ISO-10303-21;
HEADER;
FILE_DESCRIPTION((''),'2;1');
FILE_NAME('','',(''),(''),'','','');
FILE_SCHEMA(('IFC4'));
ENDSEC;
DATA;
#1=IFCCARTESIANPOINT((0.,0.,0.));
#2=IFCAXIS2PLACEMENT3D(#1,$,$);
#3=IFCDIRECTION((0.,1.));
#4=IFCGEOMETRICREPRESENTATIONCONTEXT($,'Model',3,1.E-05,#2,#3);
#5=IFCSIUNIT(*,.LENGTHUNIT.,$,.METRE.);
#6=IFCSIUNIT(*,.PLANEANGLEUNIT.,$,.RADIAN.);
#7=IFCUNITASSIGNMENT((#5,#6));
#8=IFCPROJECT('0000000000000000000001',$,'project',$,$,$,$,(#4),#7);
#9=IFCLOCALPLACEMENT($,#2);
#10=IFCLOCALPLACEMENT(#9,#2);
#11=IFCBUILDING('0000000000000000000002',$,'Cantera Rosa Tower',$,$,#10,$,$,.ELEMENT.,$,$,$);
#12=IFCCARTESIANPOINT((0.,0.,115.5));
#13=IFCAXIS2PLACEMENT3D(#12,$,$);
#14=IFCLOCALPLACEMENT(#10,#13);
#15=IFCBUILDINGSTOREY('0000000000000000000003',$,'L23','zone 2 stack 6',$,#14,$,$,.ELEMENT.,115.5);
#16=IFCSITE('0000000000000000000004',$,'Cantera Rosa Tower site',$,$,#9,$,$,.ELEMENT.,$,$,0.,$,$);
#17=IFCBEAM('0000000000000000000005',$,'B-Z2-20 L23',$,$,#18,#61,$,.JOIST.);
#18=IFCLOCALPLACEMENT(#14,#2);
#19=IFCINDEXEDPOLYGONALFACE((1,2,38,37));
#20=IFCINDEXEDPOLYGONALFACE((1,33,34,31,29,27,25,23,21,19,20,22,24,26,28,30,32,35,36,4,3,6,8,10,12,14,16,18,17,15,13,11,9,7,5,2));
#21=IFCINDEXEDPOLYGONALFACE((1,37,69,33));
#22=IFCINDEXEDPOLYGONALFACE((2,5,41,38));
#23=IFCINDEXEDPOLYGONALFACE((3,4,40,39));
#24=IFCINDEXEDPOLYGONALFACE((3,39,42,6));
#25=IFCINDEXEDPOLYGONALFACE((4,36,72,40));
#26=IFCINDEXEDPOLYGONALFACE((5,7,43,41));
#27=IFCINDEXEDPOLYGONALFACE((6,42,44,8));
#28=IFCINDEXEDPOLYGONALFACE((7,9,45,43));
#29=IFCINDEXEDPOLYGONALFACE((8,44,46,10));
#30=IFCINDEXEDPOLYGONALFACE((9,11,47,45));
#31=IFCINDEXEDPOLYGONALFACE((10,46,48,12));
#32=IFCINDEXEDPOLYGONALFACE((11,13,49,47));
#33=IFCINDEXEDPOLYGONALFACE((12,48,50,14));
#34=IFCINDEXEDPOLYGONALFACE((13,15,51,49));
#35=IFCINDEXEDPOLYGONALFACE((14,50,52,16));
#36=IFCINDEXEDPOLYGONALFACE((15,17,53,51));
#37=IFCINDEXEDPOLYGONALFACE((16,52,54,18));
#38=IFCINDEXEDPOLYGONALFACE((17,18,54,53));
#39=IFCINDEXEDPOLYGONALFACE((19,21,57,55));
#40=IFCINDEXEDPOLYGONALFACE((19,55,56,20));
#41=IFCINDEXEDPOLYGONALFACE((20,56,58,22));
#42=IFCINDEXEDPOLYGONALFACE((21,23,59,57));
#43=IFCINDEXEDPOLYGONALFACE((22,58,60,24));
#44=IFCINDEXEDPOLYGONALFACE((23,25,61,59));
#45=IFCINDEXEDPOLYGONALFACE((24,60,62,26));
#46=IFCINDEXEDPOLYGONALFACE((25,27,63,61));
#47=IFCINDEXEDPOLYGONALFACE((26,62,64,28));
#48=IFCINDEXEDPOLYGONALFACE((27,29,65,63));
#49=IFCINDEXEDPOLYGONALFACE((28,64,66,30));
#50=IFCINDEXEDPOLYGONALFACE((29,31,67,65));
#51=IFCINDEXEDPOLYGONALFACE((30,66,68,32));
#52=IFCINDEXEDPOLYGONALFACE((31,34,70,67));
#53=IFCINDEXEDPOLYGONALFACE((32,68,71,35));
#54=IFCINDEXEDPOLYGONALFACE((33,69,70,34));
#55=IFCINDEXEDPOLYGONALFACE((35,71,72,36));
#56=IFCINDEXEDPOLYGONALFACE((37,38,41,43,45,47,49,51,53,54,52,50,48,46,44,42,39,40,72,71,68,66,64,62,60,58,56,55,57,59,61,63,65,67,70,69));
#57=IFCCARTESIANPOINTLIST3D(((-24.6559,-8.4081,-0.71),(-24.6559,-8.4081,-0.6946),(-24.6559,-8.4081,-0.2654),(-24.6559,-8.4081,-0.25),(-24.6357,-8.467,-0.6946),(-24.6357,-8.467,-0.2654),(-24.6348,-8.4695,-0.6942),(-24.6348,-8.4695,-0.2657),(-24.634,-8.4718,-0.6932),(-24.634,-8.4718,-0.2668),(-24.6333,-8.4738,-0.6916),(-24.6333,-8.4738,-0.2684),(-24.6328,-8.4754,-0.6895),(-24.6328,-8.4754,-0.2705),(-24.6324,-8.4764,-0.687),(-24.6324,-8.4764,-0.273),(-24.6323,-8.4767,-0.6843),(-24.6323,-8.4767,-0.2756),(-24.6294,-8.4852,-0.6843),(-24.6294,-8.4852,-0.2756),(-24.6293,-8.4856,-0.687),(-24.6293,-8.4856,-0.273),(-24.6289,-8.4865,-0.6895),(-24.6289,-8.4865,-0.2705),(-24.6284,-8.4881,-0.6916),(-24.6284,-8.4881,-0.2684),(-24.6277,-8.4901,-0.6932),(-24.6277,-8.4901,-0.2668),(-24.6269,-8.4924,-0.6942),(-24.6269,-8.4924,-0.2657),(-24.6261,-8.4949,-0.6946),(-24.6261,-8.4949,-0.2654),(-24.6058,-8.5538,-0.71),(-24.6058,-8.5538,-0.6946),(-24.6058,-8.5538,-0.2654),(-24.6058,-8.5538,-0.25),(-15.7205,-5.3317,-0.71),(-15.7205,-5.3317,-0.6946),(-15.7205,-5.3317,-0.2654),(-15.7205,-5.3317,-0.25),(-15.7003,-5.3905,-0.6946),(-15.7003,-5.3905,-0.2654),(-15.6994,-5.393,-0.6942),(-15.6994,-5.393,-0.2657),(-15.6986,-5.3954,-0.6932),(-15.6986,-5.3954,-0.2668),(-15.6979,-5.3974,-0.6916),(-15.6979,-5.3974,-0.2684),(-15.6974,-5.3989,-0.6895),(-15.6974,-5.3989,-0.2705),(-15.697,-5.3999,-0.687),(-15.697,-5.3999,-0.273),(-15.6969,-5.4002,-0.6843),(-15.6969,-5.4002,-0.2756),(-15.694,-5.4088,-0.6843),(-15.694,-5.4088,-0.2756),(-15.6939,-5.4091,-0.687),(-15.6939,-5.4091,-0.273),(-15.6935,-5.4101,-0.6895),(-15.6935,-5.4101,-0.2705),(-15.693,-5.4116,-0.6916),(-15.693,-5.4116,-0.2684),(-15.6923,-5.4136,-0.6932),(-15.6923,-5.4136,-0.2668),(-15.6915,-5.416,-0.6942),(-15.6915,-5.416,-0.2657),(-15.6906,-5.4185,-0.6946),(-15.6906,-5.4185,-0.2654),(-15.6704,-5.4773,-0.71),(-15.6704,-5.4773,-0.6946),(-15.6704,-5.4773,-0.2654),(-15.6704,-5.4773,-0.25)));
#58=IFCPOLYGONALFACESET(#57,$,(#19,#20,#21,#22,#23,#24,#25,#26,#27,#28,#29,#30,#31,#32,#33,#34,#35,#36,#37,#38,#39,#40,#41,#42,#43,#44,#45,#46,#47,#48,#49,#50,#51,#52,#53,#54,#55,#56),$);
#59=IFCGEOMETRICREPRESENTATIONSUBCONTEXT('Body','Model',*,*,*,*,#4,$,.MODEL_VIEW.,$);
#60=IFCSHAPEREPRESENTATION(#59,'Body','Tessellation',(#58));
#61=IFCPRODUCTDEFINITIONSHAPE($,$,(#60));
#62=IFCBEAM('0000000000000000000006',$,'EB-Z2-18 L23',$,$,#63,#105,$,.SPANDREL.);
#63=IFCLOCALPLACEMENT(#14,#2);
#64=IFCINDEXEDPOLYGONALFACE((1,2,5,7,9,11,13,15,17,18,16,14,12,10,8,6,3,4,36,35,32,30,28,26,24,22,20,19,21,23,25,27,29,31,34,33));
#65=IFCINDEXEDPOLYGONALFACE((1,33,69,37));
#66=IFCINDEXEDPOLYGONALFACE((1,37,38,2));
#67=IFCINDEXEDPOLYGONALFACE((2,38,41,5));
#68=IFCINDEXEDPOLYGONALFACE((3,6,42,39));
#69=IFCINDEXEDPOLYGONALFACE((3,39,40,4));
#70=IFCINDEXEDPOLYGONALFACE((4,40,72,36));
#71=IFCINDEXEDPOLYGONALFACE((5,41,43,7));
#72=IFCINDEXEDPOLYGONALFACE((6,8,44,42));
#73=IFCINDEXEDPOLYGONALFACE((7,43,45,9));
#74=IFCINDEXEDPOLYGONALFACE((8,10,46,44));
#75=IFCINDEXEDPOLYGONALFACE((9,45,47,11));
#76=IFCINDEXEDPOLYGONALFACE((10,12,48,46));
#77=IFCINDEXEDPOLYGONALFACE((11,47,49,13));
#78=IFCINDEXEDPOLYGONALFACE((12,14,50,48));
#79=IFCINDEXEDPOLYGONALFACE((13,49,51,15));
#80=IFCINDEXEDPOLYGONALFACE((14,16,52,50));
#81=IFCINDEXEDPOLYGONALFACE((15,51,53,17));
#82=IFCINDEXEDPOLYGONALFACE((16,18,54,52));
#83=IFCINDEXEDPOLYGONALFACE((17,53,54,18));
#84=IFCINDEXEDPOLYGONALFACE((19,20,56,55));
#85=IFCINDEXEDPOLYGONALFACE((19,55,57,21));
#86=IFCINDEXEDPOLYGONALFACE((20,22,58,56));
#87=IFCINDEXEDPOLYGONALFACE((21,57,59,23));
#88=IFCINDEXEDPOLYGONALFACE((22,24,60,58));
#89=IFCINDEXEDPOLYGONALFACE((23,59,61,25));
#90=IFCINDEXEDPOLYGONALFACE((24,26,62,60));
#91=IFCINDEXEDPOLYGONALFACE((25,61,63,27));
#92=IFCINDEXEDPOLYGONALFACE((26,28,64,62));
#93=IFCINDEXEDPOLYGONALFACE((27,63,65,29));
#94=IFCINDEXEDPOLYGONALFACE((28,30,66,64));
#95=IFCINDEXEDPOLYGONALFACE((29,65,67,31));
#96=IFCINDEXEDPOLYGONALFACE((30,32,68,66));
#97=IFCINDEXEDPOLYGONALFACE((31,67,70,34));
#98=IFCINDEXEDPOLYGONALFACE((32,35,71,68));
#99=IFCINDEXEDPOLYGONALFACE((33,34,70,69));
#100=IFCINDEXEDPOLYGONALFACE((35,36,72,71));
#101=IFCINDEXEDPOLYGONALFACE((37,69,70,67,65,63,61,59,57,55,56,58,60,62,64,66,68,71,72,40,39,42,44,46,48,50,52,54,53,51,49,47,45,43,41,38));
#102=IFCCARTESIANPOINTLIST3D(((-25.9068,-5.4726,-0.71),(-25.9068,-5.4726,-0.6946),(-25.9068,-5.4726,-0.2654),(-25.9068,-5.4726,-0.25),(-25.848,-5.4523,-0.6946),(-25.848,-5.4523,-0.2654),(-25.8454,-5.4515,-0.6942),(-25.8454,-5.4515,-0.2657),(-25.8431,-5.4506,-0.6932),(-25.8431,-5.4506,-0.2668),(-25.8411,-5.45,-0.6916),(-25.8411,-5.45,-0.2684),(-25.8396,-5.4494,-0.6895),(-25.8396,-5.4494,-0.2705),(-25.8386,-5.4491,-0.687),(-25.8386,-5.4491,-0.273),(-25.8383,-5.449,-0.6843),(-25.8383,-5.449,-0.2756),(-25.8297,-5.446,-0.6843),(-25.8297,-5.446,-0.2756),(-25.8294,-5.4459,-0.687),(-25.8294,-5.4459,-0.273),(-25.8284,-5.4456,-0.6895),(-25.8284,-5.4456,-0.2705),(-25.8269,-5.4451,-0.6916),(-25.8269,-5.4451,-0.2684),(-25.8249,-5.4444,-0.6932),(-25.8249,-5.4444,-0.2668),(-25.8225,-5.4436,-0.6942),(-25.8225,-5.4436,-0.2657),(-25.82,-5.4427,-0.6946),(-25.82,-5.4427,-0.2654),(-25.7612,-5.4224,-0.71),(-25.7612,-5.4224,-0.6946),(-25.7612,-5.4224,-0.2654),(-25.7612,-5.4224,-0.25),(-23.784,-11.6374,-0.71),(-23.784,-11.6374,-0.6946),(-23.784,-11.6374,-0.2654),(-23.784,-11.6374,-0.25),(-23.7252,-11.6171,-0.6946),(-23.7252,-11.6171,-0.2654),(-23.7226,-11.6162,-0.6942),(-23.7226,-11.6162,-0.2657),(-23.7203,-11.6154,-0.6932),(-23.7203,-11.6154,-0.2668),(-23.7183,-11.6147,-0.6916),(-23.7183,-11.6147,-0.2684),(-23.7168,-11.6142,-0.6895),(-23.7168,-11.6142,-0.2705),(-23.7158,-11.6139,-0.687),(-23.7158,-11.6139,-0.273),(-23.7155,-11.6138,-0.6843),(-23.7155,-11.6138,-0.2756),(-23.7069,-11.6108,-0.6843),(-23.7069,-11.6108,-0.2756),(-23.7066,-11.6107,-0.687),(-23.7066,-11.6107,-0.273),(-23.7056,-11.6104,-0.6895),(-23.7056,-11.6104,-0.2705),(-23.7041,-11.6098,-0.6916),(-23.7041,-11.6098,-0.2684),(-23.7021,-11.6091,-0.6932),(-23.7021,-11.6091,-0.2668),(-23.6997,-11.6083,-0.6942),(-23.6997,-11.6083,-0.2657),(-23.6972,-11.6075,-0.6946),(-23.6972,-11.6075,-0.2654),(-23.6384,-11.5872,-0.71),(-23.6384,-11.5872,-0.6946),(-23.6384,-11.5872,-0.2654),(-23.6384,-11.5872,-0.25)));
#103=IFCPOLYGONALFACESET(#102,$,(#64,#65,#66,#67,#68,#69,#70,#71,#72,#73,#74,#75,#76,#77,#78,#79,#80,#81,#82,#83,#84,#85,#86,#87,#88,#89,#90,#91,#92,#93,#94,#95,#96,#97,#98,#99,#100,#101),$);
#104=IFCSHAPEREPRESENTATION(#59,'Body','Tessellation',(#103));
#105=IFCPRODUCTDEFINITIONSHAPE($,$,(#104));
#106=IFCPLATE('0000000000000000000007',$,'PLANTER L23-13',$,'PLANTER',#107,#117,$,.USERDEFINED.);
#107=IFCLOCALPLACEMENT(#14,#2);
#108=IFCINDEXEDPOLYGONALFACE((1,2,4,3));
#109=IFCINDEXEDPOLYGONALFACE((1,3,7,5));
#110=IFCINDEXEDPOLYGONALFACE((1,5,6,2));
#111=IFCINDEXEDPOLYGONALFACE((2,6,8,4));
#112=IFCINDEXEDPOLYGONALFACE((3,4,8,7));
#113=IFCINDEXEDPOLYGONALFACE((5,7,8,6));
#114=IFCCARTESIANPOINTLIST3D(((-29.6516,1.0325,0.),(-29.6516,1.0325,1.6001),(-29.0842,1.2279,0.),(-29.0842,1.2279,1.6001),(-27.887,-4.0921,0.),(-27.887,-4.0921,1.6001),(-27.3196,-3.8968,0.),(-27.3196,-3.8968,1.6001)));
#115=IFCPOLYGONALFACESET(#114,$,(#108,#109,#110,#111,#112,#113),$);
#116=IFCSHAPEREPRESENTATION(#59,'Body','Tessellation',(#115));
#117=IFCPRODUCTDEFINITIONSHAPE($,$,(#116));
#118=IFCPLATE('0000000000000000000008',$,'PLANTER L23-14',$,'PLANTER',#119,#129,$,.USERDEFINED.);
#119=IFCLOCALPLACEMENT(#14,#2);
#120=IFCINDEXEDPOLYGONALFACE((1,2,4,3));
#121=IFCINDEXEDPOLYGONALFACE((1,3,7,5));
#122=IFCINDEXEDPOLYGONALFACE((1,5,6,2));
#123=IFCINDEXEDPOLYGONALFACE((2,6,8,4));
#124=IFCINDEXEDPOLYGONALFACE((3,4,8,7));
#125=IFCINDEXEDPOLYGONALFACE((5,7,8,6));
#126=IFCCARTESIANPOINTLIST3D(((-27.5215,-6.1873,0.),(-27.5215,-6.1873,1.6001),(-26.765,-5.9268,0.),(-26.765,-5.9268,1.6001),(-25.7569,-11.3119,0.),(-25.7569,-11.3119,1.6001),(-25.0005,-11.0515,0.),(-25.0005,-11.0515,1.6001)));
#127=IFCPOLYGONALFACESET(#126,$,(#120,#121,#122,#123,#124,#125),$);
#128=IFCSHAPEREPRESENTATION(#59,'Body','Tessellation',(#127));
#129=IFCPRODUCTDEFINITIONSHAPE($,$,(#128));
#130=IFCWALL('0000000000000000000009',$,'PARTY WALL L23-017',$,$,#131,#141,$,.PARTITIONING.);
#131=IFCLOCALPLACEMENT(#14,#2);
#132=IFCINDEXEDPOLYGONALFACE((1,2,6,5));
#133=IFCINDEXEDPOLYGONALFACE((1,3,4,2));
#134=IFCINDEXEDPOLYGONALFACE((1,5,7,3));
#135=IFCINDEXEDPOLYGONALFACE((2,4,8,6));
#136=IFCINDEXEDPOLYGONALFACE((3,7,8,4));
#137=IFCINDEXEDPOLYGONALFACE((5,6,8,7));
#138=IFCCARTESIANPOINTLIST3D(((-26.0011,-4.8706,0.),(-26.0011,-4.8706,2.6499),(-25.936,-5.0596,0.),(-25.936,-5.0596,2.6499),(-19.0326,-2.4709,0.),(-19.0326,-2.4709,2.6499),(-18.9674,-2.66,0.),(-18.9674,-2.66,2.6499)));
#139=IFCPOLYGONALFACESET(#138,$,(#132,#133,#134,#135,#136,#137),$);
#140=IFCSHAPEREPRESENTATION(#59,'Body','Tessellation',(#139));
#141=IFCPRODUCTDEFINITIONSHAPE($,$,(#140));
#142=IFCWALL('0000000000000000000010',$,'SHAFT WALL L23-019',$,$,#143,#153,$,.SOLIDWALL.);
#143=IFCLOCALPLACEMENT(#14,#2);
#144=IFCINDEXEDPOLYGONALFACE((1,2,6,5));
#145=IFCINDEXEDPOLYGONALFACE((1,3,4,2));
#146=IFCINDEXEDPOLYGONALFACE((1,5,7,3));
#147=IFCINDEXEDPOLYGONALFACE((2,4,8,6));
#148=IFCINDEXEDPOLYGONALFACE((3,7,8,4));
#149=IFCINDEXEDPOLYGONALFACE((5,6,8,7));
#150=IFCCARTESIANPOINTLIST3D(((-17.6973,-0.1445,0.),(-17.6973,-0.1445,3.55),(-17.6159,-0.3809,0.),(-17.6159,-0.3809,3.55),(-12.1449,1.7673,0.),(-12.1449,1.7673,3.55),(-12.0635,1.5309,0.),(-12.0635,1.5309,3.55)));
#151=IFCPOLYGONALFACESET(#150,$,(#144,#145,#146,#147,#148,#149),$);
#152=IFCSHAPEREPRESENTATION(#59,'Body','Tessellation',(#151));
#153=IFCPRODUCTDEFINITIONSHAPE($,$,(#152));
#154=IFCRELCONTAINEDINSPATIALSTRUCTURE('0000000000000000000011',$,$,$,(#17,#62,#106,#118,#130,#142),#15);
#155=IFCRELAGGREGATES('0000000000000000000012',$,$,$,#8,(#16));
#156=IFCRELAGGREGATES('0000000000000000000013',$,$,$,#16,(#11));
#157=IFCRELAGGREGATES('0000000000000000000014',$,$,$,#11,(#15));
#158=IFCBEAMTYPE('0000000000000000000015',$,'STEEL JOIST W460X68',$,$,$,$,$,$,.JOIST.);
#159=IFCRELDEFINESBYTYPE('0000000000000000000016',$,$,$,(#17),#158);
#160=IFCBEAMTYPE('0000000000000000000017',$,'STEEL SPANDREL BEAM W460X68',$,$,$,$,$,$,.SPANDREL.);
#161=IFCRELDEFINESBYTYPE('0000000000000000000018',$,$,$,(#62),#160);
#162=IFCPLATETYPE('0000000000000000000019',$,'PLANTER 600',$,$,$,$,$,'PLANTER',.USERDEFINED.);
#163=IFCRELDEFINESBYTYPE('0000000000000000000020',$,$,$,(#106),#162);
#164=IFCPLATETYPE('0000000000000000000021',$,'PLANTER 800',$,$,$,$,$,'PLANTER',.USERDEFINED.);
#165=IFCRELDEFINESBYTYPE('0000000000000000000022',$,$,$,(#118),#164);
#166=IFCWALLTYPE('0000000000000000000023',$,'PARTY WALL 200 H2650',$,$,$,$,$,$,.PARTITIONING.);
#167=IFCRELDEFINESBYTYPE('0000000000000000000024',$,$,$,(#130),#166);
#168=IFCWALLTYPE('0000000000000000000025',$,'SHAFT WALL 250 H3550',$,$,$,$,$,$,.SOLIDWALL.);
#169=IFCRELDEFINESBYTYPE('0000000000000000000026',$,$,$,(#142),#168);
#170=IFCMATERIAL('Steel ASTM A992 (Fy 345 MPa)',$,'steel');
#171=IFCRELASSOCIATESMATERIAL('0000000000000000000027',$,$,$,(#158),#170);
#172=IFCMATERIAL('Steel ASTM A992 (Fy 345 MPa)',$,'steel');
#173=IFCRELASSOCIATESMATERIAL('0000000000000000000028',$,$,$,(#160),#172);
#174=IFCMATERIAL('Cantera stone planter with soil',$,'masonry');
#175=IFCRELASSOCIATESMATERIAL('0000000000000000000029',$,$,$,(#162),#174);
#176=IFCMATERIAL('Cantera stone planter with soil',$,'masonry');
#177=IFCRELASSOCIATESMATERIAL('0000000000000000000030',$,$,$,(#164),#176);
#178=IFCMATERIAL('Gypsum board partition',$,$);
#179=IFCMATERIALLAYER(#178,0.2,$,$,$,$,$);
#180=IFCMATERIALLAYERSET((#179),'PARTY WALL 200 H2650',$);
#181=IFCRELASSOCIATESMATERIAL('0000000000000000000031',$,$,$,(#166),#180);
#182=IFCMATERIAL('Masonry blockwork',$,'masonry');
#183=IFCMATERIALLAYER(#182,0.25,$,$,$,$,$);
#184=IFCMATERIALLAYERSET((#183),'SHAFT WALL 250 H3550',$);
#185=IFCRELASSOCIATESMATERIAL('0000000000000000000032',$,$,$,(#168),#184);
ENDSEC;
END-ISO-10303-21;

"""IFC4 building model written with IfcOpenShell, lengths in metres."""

from ifc_helpers import new_model, si_unit, direction, frame, frame_2d, origin, origin_2d, place, context, subcontext, project, spatial, rectangle, i_section, extrude, material, layer, layer_set, material_profile, profile_set, type_object, element, save


model = new_model("IFC4")

# Units and contexts
model_context = context("Model", 3, precision=1e-05, world=origin(), true_north=direction((0.0, 1.0)))
body_context = subcontext(model_context, "Body", "Model", "MODEL_VIEW")
ifc_project = project(units=[si_unit("LENGTHUNIT", "METRE"), si_unit("PLANEANGLEUNIT", "RADIAN")], contexts=[model_context])

# Site, building, storey
site_placement = place(None, origin())
site = spatial("IfcSite", under=ifc_project, at=site_placement, Name="Cantera Rosa Tower site", CompositionType="ELEMENT", RefElevation=0.0)
building_placement = place(site_placement, origin())
building = spatial("IfcBuilding", under=site, at=building_placement, Name="Cantera Rosa Tower", CompositionType="ELEMENT")
storey_placement = place(building_placement, frame((0.0, 0.0, 115.5)))
storey = spatial("IfcBuildingStorey", under=building, at=storey_placement, Name="L23", Description="zone 2 stack 6", CompositionType="ELEMENT", Elevation=115.5)

# Beams
ifc_material_1 = material(Name="Steel ASTM A992 (Fy 345 MPa)", Category="steel")
ifc_material_profile_1 = material_profile(ifc_material_1, i_section(OverallWidth=0.1541, OverallDepth=0.46, WebThickness=0.009, FlangeThickness=0.0154, FilletRadius=0.0103, at=origin_2d()), Name="W460X68")
ifc_profile_set_1 = profile_set([ifc_material_profile_1], Name="Steel ASTM A992 (Fy 345 MPa)")
beam_type_1 = type_object("IfcBeamType", Name="STEEL JOIST W460X68", PredefinedType="JOIST", material=ifc_profile_set_1)
for number, where, z_axis, x_axis, name in (
    (1, (-24.6309, -8.481, -0.48), (0.945527, 0.325544, 0.0), (-0.325544, 0.945527, 0.0), "B-Z2-20 L23"),
):
    element("IfcBeam", number, at=place(storey_placement, frame(where, z_axis=z_axis, x_axis=x_axis)), inside=storey, type_object=beam_type_1, Name=name, PredefinedType="JOIST", context=body_context, shape_type="SweptSolid", body=[
        extrude(i_section(OverallWidth=0.1541, OverallDepth=0.46, WebThickness=0.009, FlangeThickness=0.0154, FilletRadius=0.0103, at=origin_2d()), origin(), (0.0, 0.0, 1.0), 9.4502),
    ])
ifc_material_2 = material(Name="Steel ASTM A992 (Fy 345 MPa)", Category="steel")
ifc_material_profile_2 = material_profile(ifc_material_2, i_section(OverallWidth=0.1541, OverallDepth=0.46, WebThickness=0.009, FlangeThickness=0.0154, FilletRadius=0.0103, at=origin_2d()), Name="W460X68")
ifc_profile_set_2 = profile_set([ifc_material_profile_2], Name="Steel ASTM A992 (Fy 345 MPa)")
beam_type_2 = type_object("IfcBeamType", Name="STEEL SPANDREL BEAM W460X68", PredefinedType="SPANDREL", material=ifc_profile_set_2)
beam_1_placement = place(storey_placement, frame((-25.834, -5.4475, -0.48), z_axis=(0.325581, -0.945514, 0.0), x_axis=(0.945514, 0.325581, 0.0)))
element("IfcBeam", 2, at=beam_1_placement, inside=storey, type_object=beam_type_2, Name="EB-Z2-18 L23", PredefinedType="SPANDREL", context=body_context, shape_type="SweptSolid", body=[
    extrude(i_section(OverallWidth=0.1541, OverallDepth=0.46, WebThickness=0.009, FlangeThickness=0.0154, FilletRadius=0.0103, at=origin_2d()), origin(), (0.0, 0.0, 1.0), 6.52),
])

# Plates
ifc_material_3 = material(Name="Cantera stone planter with soil", Category="masonry")
plate_type_1 = type_object("IfcPlateType", Name="PLANTER 600", ElementType="PLANTER", PredefinedType="USERDEFINED", material=ifc_material_3)
plate_1_placement = place(storey_placement, frame((-28.4856, -1.4321, 0.0), z_axis=(0.0, 0.0, 1.0), x_axis=(0.325568, -0.945519, 0.0)))
element("IfcPlate", 3, at=plate_1_placement, inside=storey, type_object=plate_type_1, Name="PLANTER L23-13", ObjectType="PLANTER", PredefinedType="USERDEFINED", context=body_context, shape_type="SweptSolid", body=[
    extrude(rectangle(XDim=5.4199, YDim=0.6001, at=origin_2d()), origin(), (0.0, 0.0, 1.0), 1.6001),
])
ifc_material_4 = material(Name="Cantera stone planter with soil", Category="masonry")
plate_type_2 = type_object("IfcPlateType", Name="PLANTER 800", ElementType="PLANTER", PredefinedType="USERDEFINED", material=ifc_material_4)
plate_2_placement = place(storey_placement, frame((-26.261, -8.6194, 0.0), z_axis=(0.0, 0.0, 1.0), x_axis=(0.325568, -0.945519, 0.0)))
element("IfcPlate", 4, at=plate_2_placement, inside=storey, type_object=plate_type_2, Name="PLANTER L23-14", ObjectType="PLANTER", PredefinedType="USERDEFINED", context=body_context, shape_type="SweptSolid", body=[
    extrude(rectangle(XDim=5.4199, YDim=0.8, at=origin_2d()), origin(), (0.0, 0.0, 1.0), 1.6001),
])

# Walls
ifc_material_5 = material(Name="Gypsum board partition")
ifc_layer_1 = layer(ifc_material_5, 0.2)
ifc_layer_set_1 = layer_set([ifc_layer_1], Name="PARTY WALL 200 H2650")
wall_type_1 = type_object("IfcWallType", Name="PARTY WALL 200 H2650", PredefinedType="PARTITIONING", material=ifc_layer_set_1)
wall_1_placement = place(storey_placement, frame((-19.0, -2.5654, 0.0), z_axis=(0.0, 0.0, 1.0), x_axis=(-0.94551, -0.325594, 0.0)))
element("IfcWall", 5, at=wall_1_placement, inside=storey, type_object=wall_type_1, Name="PARTY WALL L23-017", PredefinedType="PARTITIONING", context=body_context, shape_type="SweptSolid", body=[
    extrude(rectangle(XDim=7.3701, YDim=0.2, at=frame_2d((3.6851, 0.0))), origin(), (0.0, 0.0, 1.0), 2.6499),
])
ifc_material_6 = material(Name="Masonry blockwork", Category="masonry")
ifc_layer_2 = layer(ifc_material_6, 0.25)
ifc_layer_set_2 = layer_set([ifc_layer_2], Name="SHAFT WALL 250 H3550")
wall_type_2 = type_object("IfcWallType", Name="SHAFT WALL 250 H3550", PredefinedType="SOLIDWALL", material=ifc_layer_set_2)
wall_2_placement = place(storey_placement, frame((-17.6565, -0.2627, 0.0), z_axis=(0.0, 0.0, 1.0), x_axis=(0.945519, 0.325567, 0.0)))
element("IfcWall", 6, at=wall_2_placement, inside=storey, type_object=wall_type_2, Name="SHAFT WALL L23-019", PredefinedType="SOLIDWALL", context=body_context, shape_type="SweptSolid", body=[
    extrude(rectangle(XDim=5.8723, YDim=0.25, at=frame_2d((2.936, 0.0))), origin(), (0.0, 0.0, 1.0), 3.55),
])

save(model, "model.ifc")
